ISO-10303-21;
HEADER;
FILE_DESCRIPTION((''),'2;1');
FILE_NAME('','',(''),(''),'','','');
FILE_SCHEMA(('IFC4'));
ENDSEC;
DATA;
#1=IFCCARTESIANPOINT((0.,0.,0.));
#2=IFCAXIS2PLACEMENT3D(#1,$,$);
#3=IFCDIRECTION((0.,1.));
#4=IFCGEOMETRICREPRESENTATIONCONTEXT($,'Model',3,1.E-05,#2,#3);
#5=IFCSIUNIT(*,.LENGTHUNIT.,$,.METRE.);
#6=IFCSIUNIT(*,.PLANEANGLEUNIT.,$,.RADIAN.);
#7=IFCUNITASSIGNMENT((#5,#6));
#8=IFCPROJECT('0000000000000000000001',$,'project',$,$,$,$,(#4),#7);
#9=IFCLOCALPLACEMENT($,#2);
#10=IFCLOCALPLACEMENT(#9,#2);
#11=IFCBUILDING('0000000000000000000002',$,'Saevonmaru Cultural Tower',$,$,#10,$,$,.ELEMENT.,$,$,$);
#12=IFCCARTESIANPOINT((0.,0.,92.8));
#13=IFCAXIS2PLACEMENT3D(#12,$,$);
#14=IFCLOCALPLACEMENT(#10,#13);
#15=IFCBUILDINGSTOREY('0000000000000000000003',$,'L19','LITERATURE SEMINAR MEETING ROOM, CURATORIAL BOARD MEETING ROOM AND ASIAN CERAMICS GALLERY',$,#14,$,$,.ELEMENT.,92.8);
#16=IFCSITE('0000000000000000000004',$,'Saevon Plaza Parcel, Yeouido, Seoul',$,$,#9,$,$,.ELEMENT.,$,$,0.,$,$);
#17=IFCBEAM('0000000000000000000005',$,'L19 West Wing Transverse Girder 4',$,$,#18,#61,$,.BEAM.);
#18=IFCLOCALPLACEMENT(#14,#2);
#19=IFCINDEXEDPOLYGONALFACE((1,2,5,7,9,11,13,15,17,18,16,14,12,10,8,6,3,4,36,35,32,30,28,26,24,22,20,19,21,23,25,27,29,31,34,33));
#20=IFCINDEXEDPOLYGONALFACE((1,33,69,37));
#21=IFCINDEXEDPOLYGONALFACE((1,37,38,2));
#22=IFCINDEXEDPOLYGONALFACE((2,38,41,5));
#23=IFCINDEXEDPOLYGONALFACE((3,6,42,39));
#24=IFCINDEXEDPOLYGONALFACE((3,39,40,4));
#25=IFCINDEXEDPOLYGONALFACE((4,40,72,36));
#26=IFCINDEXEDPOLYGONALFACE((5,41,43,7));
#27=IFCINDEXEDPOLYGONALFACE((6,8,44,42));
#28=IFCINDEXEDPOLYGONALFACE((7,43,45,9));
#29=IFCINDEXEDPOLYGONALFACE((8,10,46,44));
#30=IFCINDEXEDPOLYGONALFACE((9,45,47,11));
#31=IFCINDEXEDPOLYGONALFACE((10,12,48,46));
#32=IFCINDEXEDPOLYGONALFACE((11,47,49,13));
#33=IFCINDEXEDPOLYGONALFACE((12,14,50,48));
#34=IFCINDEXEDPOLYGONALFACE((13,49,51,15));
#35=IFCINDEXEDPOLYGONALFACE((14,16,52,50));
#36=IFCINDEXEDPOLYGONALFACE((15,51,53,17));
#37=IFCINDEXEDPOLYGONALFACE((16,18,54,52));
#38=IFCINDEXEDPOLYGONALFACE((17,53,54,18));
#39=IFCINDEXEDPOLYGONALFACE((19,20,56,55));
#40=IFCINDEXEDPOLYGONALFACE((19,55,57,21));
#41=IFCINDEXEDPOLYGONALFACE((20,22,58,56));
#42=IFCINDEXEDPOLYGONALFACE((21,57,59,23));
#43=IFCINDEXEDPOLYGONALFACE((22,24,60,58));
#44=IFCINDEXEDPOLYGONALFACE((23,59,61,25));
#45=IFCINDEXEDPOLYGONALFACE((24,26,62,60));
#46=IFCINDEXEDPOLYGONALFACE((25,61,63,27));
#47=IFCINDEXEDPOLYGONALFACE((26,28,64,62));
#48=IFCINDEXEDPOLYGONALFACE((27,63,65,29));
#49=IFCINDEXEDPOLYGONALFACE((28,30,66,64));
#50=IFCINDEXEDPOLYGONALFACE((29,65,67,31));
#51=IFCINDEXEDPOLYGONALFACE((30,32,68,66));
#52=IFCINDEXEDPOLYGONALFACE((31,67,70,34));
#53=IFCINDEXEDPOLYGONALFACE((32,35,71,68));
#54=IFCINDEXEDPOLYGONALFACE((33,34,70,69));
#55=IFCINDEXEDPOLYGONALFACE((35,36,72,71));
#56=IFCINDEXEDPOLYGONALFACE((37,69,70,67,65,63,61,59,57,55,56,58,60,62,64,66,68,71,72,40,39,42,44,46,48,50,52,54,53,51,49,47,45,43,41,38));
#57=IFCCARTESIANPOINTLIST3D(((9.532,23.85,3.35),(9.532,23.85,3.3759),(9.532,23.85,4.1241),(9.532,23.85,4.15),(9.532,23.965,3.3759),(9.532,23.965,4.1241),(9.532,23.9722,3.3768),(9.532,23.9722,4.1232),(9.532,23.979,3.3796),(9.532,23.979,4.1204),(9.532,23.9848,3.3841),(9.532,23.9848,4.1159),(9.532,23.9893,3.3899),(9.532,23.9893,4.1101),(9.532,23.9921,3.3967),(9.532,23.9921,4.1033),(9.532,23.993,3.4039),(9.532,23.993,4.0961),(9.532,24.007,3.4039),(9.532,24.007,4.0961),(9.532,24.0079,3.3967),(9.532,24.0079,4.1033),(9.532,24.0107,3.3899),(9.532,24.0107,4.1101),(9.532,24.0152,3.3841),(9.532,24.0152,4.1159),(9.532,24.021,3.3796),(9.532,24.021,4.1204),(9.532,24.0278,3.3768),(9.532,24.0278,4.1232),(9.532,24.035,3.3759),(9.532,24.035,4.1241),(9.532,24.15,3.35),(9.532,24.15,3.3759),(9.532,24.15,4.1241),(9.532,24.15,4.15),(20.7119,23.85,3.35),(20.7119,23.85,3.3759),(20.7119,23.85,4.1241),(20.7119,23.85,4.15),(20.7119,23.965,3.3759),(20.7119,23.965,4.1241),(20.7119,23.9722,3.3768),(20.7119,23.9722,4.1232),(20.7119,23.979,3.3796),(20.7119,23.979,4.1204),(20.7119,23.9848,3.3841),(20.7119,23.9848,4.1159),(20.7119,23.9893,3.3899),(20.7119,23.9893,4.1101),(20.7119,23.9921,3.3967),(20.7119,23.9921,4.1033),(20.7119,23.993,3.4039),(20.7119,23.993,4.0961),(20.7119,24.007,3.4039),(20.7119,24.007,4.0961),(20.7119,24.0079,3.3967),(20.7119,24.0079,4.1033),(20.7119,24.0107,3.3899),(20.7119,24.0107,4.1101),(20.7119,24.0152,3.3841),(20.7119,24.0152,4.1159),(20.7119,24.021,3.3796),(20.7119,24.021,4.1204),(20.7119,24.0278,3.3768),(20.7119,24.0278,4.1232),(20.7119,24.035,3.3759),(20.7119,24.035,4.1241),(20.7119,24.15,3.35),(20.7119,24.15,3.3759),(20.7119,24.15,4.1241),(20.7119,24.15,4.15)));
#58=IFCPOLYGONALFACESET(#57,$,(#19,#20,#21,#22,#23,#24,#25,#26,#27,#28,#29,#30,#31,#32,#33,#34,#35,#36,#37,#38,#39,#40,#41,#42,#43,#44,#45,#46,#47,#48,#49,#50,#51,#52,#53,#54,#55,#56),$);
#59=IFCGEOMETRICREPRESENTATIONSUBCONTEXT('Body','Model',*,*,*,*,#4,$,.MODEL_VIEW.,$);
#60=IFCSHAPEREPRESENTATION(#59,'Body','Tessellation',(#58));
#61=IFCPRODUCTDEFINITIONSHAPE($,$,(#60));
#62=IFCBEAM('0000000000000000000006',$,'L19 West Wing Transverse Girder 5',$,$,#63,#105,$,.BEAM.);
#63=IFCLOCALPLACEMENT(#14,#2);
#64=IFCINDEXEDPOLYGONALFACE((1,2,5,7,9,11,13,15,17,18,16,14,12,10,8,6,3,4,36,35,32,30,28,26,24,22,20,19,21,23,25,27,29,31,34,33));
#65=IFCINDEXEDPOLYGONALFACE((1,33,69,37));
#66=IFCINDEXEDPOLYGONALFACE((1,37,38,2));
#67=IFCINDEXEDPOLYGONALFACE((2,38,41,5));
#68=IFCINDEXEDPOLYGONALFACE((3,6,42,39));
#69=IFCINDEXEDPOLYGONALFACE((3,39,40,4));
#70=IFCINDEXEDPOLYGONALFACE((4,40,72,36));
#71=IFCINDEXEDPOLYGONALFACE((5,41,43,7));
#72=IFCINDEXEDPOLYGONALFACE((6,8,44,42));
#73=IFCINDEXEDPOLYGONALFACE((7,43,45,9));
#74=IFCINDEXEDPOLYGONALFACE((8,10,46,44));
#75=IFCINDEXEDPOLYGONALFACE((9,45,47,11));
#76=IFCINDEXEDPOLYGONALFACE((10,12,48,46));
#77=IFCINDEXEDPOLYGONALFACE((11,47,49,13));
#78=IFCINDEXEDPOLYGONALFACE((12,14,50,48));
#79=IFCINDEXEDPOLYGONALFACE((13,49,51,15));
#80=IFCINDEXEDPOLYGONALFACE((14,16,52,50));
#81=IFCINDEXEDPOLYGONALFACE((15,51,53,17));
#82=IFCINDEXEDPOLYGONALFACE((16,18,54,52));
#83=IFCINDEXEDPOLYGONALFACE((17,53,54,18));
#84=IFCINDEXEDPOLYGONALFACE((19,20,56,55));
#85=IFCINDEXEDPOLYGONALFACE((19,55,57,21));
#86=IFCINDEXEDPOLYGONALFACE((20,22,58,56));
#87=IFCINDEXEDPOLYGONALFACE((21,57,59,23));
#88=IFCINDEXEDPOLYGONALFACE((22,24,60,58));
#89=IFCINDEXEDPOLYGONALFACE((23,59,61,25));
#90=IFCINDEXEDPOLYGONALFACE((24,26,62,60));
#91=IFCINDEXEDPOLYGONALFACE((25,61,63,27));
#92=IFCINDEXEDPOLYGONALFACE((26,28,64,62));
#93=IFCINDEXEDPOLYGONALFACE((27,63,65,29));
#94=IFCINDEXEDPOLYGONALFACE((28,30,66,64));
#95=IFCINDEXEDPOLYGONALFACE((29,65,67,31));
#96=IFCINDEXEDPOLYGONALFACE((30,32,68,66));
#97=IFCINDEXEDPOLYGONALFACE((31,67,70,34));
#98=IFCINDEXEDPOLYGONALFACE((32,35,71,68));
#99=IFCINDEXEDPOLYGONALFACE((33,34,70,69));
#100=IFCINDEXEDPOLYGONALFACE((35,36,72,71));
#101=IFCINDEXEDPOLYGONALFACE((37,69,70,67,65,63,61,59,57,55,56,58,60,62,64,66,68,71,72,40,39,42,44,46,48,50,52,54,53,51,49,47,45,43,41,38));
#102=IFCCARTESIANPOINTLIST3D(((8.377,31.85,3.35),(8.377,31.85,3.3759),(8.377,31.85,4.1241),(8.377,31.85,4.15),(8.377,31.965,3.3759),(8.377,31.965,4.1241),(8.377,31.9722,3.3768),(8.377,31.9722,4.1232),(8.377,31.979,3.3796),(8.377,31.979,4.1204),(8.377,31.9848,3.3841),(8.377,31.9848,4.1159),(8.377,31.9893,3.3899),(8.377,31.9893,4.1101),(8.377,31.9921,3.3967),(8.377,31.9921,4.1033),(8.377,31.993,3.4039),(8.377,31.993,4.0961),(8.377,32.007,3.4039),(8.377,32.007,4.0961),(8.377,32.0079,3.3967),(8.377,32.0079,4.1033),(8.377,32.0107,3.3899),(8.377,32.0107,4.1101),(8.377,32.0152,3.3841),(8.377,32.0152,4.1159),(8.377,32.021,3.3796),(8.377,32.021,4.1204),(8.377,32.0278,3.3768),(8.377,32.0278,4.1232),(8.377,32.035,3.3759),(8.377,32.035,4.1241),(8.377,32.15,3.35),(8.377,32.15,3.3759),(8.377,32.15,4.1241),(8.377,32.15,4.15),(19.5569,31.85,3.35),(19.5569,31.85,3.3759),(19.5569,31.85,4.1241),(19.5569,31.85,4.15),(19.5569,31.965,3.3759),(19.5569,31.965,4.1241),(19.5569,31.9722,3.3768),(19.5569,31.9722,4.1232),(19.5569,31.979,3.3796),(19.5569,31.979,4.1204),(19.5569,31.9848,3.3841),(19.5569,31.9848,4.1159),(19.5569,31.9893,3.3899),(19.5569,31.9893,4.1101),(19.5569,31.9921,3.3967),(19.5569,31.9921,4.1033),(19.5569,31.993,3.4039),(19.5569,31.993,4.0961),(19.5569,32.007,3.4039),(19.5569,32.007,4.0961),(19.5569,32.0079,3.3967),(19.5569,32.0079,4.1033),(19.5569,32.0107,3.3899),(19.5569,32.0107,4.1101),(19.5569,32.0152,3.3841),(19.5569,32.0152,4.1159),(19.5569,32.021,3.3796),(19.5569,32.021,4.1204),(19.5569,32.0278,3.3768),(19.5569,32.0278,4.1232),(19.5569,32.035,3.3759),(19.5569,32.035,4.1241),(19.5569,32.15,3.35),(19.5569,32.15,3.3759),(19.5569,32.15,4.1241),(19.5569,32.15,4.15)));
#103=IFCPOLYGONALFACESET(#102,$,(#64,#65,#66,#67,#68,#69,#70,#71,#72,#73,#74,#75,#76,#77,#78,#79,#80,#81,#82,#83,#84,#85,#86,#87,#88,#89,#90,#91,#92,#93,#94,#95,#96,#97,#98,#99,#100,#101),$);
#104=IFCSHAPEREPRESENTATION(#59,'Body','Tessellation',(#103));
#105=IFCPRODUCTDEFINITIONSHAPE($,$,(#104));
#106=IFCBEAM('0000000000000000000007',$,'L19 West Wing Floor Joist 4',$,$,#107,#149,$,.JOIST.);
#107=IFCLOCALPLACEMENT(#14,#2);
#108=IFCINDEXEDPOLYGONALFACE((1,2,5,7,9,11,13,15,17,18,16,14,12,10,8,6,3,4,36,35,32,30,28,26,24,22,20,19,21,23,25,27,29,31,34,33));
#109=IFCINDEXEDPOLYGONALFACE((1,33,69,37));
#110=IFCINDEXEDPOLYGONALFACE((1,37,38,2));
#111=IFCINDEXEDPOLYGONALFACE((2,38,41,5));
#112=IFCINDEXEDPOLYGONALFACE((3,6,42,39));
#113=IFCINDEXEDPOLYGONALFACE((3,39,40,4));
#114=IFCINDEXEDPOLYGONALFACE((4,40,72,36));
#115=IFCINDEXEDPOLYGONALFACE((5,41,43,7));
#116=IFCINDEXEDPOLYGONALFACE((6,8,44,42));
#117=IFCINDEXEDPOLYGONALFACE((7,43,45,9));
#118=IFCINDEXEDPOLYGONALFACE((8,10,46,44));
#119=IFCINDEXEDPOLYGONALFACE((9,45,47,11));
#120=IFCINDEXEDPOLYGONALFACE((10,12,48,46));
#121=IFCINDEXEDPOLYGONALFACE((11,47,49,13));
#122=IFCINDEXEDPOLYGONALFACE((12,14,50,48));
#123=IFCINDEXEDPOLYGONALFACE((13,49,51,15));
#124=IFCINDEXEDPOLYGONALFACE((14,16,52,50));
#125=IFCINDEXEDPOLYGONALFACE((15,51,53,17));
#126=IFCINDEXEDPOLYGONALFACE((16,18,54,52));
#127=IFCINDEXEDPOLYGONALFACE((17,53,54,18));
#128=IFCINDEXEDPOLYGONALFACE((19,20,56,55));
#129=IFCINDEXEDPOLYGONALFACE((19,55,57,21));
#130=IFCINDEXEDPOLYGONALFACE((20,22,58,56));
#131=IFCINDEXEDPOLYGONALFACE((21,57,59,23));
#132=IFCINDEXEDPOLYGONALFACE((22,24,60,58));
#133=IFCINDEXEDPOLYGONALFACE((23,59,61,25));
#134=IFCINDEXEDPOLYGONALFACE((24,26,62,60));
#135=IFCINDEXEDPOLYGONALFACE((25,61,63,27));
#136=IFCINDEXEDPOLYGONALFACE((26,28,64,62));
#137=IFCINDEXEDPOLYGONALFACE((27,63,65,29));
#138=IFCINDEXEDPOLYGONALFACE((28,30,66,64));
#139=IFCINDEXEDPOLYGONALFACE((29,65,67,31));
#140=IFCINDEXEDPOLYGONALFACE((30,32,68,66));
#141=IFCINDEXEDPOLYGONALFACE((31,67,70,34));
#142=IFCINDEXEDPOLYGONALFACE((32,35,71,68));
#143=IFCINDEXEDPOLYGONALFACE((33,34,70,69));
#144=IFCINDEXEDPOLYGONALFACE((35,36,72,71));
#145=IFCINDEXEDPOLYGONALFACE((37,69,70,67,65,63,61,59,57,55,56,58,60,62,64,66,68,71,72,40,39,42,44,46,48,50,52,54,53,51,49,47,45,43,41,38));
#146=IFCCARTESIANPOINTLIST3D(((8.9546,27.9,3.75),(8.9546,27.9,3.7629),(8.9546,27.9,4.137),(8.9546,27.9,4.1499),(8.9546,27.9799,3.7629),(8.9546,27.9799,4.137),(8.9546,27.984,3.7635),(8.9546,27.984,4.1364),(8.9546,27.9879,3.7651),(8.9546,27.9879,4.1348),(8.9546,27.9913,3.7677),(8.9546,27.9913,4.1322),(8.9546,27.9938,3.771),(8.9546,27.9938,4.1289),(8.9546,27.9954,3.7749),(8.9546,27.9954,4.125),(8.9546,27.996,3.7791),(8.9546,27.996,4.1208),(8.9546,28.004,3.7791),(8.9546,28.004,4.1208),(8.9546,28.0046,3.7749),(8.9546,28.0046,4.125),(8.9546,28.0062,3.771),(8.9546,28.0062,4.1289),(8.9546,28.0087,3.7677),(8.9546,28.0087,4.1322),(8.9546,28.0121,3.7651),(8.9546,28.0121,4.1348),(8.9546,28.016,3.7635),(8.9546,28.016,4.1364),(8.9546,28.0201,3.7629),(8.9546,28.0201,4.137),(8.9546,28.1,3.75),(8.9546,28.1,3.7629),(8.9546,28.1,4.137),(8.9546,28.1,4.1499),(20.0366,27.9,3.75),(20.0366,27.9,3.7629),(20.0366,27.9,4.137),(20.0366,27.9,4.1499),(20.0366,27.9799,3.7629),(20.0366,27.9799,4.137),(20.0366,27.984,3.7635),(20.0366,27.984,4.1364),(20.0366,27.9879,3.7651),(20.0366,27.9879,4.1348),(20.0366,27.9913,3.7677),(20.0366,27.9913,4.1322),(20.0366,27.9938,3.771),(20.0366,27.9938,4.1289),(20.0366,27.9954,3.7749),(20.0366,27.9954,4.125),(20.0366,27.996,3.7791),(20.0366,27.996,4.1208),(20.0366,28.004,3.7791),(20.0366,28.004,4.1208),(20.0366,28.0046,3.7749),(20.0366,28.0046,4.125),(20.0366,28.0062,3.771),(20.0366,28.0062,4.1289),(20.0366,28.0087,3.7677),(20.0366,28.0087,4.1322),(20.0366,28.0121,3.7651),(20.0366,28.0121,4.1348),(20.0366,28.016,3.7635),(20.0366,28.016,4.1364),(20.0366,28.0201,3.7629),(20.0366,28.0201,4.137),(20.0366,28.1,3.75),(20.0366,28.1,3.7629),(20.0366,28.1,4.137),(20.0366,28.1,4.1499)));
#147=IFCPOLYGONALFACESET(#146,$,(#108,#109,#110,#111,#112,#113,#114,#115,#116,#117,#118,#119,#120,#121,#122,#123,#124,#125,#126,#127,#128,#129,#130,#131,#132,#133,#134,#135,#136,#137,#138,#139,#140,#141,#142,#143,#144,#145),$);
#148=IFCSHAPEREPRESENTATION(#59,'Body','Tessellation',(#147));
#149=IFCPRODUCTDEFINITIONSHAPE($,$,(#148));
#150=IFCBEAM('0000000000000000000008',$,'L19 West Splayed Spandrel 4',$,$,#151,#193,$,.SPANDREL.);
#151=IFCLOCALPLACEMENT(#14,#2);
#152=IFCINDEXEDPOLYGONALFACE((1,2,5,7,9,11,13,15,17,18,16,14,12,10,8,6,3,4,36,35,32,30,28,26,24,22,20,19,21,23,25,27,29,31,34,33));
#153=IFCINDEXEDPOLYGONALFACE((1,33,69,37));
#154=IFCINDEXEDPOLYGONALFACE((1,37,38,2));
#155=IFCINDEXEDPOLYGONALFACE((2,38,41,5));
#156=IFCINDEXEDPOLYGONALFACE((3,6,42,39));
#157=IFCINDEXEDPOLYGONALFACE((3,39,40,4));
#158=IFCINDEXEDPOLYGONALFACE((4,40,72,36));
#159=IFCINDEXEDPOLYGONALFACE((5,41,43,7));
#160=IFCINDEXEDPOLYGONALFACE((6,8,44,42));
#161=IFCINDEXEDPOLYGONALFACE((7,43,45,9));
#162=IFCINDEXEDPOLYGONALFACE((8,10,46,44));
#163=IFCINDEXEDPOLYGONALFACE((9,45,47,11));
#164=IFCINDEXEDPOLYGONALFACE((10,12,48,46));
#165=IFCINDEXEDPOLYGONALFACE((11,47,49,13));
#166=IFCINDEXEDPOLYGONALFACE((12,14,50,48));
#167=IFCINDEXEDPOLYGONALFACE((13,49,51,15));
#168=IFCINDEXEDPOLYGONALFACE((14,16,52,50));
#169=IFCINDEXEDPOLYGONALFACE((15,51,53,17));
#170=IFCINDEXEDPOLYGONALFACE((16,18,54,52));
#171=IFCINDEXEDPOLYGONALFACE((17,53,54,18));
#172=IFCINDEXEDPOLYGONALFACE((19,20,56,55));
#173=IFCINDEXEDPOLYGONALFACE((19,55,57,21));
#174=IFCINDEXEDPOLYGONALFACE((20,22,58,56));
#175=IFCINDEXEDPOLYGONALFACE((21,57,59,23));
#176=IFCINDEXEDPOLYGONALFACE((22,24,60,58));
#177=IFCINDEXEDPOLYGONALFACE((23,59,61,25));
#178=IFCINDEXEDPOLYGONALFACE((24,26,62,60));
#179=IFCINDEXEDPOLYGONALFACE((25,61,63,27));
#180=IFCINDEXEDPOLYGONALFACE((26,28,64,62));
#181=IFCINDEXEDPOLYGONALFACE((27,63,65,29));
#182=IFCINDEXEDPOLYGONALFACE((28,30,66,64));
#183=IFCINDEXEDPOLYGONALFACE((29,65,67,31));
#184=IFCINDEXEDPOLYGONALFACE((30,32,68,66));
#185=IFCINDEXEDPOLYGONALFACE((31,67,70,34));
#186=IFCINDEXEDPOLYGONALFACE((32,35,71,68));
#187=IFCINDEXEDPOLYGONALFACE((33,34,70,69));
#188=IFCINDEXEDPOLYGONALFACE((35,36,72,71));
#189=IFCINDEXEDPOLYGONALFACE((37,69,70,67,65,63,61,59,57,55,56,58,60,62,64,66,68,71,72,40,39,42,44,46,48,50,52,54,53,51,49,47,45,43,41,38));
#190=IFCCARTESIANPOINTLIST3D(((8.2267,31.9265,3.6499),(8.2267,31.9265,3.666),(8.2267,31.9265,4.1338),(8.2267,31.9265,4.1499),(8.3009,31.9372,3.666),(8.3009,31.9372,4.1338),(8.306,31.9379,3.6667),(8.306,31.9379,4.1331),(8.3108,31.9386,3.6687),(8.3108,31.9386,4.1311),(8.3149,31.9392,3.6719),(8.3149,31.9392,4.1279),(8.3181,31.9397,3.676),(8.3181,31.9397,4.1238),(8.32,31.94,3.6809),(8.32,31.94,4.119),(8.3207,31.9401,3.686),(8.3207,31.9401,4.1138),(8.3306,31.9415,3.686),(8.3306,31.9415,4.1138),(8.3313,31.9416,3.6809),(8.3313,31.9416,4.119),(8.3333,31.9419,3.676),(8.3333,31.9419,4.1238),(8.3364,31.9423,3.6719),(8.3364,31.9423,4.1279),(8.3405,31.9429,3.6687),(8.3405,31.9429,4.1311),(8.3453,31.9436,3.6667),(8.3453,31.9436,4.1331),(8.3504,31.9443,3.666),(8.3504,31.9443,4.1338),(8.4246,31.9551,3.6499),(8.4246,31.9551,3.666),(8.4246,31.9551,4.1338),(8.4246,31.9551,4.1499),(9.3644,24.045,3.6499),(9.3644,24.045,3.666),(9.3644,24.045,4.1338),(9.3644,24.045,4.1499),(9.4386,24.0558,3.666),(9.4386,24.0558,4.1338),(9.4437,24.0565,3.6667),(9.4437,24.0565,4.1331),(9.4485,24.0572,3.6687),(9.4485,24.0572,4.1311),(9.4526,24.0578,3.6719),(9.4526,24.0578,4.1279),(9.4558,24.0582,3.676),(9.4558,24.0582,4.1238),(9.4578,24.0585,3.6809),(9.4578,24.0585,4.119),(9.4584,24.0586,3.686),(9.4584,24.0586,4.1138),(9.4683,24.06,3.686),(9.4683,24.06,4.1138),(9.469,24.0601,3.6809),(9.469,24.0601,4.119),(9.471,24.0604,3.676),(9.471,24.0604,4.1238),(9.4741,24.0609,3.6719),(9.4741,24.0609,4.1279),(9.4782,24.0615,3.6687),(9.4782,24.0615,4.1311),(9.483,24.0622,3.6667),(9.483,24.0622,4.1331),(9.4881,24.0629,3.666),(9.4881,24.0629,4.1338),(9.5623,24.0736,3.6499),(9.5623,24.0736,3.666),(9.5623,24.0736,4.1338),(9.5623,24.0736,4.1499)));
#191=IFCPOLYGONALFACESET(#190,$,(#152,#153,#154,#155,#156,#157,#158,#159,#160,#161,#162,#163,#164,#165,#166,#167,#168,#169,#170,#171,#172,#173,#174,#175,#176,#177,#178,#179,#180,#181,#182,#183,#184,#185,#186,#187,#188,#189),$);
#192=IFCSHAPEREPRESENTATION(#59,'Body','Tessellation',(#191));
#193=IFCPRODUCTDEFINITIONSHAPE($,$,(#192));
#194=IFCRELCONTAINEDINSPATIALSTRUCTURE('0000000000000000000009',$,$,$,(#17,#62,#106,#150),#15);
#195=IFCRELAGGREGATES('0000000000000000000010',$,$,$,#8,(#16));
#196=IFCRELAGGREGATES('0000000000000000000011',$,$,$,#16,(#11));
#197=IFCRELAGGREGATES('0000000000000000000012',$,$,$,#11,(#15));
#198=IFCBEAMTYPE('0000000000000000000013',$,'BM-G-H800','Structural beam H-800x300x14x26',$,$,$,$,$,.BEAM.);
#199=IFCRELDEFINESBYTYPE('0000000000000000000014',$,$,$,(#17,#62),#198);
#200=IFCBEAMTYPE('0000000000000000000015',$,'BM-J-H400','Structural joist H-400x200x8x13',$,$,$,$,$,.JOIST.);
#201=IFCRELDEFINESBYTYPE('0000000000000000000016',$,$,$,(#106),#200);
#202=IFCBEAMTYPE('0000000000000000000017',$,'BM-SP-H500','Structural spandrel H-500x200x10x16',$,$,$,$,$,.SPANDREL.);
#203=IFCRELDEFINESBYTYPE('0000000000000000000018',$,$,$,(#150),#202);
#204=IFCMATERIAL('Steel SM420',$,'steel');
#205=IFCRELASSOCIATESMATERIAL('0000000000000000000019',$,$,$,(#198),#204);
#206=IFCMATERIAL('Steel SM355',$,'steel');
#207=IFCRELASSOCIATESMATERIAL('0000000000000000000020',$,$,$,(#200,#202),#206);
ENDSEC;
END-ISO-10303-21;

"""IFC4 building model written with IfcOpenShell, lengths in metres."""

from ifc_helpers import new_model, si_unit, direction, frame, origin, origin_2d, place, context, subcontext, project, spatial, i_section, extrude, material, material_profile, profile_set, type_object, element, save


model = new_model("IFC4")

# Units and contexts
model_context = context("Model", 3, precision=1e-05, world=origin(), true_north=direction((0.0, 1.0)))
body_context = subcontext(model_context, "Body", "Model", "MODEL_VIEW")
ifc_project = project(units=[si_unit("LENGTHUNIT", "METRE"), si_unit("PLANEANGLEUNIT", "RADIAN")], contexts=[model_context])

# Site, building, storey
site_placement = place(None, origin())
site = spatial("IfcSite", under=ifc_project, at=site_placement, Name="Saevon Plaza Parcel, Yeouido, Seoul", CompositionType="ELEMENT", RefElevation=0.0)
building_placement = place(site_placement, origin())
building = spatial("IfcBuilding", under=site, at=building_placement, Name="Saevonmaru Cultural Tower", CompositionType="ELEMENT")
storey_placement = place(building_placement, frame((0.0, 0.0, 92.8)))
storey = spatial("IfcBuildingStorey", under=building, at=storey_placement, Name="L19", Description="LITERATURE SEMINAR MEETING ROOM, CURATORIAL BOARD MEETING ROOM AND ASIAN CERAMICS GALLERY", CompositionType="ELEMENT", Elevation=92.8)

# Shared definitions
ifc_material_1 = material(Name="Steel SM420", Category="steel")

# Beams
ifc_material_profile_1 = material_profile(ifc_material_1, i_section(OverallWidth=0.3, OverallDepth=0.8, WebThickness=0.0139, FlangeThickness=0.0259, FilletRadius=0.0281, at=origin_2d()), Name="H-800x300x14x26")
ifc_profile_set_1 = profile_set([ifc_material_profile_1], Name="Steel SM420")
beam_type_1 = type_object("IfcBeamType", Name="BM-G-H800", Description="Structural beam H-800x300x14x26", PredefinedType="BEAM", material=ifc_profile_set_1)
for number, where, z_axis, x_axis, name in (
    (1, (9.532, 24.0, 3.75), (1.0, 0.0, 0.0), (0.0, 1.0, 0.0), "L19 West Wing Transverse Girder 4"),
    (2, (8.377, 32.0, 3.75), (1.0, 0.0, 0.0), (0.0, 1.0, 0.0), "L19 West Wing Transverse Girder 5"),
):
    element("IfcBeam", number, at=place(storey_placement, frame(where, z_axis=z_axis, x_axis=x_axis)), inside=storey, type_object=beam_type_1, Name=name, PredefinedType="BEAM", context=body_context, shape_type="SweptSolid", body=[
        extrude(i_section(OverallWidth=0.3, OverallDepth=0.8, WebThickness=0.0139, FlangeThickness=0.0259, FilletRadius=0.0281, at=origin_2d()), origin(), (0.0, 0.0, 1.0), 11.1799),
    ])
ifc_material_2 = material(Name="Steel SM355", Category="steel")
ifc_material_profile_2 = material_profile(ifc_material_2, i_section(OverallWidth=0.2, OverallDepth=0.3999, WebThickness=0.0081, FlangeThickness=0.0129, FilletRadius=0.0161, at=origin_2d()), Name="H-400x200x8x13")
ifc_profile_set_2 = profile_set([ifc_material_profile_2], Name="Steel SM355")
beam_type_2 = type_object("IfcBeamType", Name="BM-J-H400", Description="Structural joist H-400x200x8x13", PredefinedType="JOIST", material=ifc_profile_set_2)
beam_1_placement = place(storey_placement, frame((8.9546, 28.0, 3.95), z_axis=(1.0, 0.0, 0.0), x_axis=(0.0, 1.0, 0.0)))
element("IfcBeam", 3, at=beam_1_placement, inside=storey, type_object=beam_type_2, Name="L19 West Wing Floor Joist 4", PredefinedType="JOIST", context=body_context, shape_type="SweptSolid", body=[
    extrude(i_section(OverallWidth=0.2, OverallDepth=0.3999, WebThickness=0.0081, FlangeThickness=0.0129, FilletRadius=0.0161, at=origin_2d()), origin(), (0.0, 0.0, 1.0), 11.082),
])
ifc_material_profile_3 = material_profile(ifc_material_2, i_section(OverallWidth=0.2, OverallDepth=0.5, WebThickness=0.01, FlangeThickness=0.0161, FilletRadius=0.02, at=origin_2d()), Name="H-500x200x10x16")
ifc_profile_set_3 = profile_set([ifc_material_profile_3], Name="Steel SM355")
beam_type_3 = type_object("IfcBeamType", Name="BM-SP-H500", Description="Structural spandrel H-500x200x10x16", PredefinedType="SPANDREL", material=ifc_profile_set_3)
beam_2_placement = place(storey_placement, frame((9.4634, 24.0593, 3.8999), z_axis=(-0.142872, 0.989741, 0.0), x_axis=(-0.989741, -0.142872, 0.0)))
element("IfcBeam", 4, at=beam_2_placement, inside=storey, type_object=beam_type_3, Name="L19 West Splayed Spandrel 4", PredefinedType="SPANDREL", context=body_context, shape_type="SweptSolid", body=[
    extrude(i_section(OverallWidth=0.2, OverallDepth=0.5, WebThickness=0.01, FlangeThickness=0.0161, FilletRadius=0.02, at=origin_2d()), origin(), (0.0, 0.0, 1.0), 7.9631),
])

save(model, "model.ifc")
